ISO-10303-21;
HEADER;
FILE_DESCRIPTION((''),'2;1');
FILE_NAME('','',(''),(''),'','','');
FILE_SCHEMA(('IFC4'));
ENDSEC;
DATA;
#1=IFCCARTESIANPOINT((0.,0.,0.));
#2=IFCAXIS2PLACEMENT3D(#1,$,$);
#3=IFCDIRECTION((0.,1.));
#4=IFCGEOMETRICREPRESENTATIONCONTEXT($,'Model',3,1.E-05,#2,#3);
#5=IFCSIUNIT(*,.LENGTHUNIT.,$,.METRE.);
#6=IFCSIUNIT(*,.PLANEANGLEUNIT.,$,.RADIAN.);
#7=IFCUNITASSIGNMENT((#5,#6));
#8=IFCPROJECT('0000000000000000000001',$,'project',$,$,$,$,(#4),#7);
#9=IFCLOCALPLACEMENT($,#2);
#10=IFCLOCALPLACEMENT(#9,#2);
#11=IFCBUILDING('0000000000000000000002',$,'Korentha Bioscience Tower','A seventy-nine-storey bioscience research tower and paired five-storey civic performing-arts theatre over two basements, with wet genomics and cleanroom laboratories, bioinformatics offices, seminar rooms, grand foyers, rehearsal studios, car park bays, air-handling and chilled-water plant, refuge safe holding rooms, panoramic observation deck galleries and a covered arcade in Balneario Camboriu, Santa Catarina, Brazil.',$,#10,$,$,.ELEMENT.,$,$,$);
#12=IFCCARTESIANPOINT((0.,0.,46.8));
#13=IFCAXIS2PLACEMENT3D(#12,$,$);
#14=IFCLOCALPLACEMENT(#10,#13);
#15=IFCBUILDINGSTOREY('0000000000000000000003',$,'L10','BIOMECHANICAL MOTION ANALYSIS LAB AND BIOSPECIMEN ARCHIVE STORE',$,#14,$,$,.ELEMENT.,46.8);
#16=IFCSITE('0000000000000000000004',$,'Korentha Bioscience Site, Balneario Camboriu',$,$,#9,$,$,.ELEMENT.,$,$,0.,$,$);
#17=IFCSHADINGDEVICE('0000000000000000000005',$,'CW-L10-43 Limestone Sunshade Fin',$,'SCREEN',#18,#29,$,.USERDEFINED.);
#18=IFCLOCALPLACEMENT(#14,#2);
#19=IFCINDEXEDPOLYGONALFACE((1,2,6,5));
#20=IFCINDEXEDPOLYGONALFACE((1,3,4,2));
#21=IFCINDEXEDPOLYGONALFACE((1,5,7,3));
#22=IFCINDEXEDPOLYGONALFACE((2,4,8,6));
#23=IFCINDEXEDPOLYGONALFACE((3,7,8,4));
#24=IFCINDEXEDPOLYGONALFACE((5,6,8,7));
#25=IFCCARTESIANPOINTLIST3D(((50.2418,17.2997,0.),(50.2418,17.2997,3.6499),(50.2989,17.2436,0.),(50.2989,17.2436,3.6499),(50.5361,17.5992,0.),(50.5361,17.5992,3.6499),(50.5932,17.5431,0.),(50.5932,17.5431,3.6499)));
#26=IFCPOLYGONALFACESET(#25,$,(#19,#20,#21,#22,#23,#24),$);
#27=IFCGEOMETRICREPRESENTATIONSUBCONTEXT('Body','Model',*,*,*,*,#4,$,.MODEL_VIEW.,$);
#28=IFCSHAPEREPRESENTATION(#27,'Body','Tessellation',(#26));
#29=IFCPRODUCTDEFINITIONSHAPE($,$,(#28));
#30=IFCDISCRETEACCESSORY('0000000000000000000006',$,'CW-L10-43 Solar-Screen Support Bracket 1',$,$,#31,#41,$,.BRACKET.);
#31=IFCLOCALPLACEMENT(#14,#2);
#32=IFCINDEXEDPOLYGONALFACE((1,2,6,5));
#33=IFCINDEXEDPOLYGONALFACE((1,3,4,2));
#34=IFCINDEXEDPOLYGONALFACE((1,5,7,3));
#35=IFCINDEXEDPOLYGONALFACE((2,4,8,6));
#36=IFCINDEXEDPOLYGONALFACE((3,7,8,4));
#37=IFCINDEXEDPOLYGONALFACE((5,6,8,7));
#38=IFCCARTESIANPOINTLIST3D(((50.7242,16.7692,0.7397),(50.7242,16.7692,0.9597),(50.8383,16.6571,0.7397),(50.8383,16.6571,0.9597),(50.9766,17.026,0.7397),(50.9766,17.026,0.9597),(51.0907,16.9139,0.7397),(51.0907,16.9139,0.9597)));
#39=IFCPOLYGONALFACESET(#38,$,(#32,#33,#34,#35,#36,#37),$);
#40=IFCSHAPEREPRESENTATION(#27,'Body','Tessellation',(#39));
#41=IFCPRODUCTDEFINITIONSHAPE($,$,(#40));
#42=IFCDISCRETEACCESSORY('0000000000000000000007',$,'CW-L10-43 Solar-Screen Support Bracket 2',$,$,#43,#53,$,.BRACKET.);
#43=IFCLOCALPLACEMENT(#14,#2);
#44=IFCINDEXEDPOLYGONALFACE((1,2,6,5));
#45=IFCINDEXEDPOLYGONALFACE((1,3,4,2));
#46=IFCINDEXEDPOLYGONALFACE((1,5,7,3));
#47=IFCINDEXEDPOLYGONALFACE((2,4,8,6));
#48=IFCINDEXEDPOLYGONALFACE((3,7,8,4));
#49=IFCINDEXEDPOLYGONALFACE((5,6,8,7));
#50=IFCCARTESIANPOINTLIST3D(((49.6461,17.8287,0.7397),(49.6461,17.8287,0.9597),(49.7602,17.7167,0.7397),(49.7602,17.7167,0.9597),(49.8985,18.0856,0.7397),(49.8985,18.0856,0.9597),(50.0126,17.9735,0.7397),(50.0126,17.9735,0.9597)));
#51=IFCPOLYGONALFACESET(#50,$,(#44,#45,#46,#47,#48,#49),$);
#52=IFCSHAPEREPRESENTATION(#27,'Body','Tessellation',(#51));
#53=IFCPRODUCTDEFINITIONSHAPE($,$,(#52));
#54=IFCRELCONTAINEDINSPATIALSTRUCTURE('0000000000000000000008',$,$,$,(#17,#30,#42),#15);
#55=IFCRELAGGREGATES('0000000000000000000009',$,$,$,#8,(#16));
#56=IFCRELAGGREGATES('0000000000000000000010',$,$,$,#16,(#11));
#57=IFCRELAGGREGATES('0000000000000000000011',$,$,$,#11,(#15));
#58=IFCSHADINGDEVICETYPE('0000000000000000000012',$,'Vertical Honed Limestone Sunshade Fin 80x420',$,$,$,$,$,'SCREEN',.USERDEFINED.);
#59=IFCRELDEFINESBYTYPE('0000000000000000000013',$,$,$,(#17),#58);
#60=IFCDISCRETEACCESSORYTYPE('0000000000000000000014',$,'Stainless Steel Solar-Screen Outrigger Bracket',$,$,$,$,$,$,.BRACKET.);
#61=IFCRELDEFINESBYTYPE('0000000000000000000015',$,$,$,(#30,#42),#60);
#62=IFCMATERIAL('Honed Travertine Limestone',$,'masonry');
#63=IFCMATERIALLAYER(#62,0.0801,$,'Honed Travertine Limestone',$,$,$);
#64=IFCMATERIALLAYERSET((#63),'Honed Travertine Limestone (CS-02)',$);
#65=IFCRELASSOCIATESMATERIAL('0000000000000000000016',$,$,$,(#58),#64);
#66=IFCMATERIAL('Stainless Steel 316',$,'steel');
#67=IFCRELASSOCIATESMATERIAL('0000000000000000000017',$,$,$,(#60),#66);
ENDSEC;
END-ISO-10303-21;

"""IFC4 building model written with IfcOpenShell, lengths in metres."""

from ifc_helpers import new_model, si_unit, direction, frame, origin, origin_2d, place, context, subcontext, project, spatial, rectangle, extrude, material, layer, layer_set, type_object, element, save


model = new_model("IFC4")

# Units and contexts
model_context = context("Model", 3, precision=1e-05, world=origin(), true_north=direction((0.0, 1.0)))
body_context = subcontext(model_context, "Body", "Model", "MODEL_VIEW")
ifc_project = project(units=[si_unit("LENGTHUNIT", "METRE"), si_unit("PLANEANGLEUNIT", "RADIAN")], contexts=[model_context])

# Site, building, storey
site_placement = place(None, origin())
site = spatial("IfcSite", under=ifc_project, at=site_placement, Name="Korentha Bioscience Site, Balneario Camboriu", CompositionType="ELEMENT", RefElevation=0.0)
building_placement = place(site_placement, origin())
building = spatial("IfcBuilding", under=site, at=building_placement, Name="Korentha Bioscience Tower", Description="A seventy-nine-storey bioscience research tower and paired five-storey civic performing-arts theatre over two basements, with wet genomics and cleanroom laboratories, bioinformatics offices, seminar rooms, grand foyers, rehearsal studios, car park bays, air-handling and chilled-water plant, refuge safe holding rooms, panoramic observation deck galleries and a covered arcade in Balneario Camboriu, Santa Catarina, Brazil.", CompositionType="ELEMENT")
storey_placement = place(building_placement, frame((0.0, 0.0, 46.8)))
storey = spatial("IfcBuildingStorey", under=building, at=storey_placement, Name="L10", Description="BIOMECHANICAL MOTION ANALYSIS LAB AND BIOSPECIMEN ARCHIVE STORE", CompositionType="ELEMENT", Elevation=46.8)

# Shading device
ifc_material_1 = material(Name="Honed Travertine Limestone", Category="masonry")
ifc_layer_1 = layer(ifc_material_1, 0.0801, Name="Honed Travertine Limestone")
ifc_layer_set_1 = layer_set([ifc_layer_1], Name="Honed Travertine Limestone (CS-02)")
shading_device_type_1 = type_object("IfcShadingDeviceType", Name="Vertical Honed Limestone Sunshade Fin 80x420", ElementType="SCREEN", PredefinedType="USERDEFINED", material=ifc_layer_set_1)
shading_device_1_placement = place(storey_placement, frame((50.4175, 17.4214, 0.0), z_axis=(0.0, 0.0, 1.0), x_axis=(-0.713279, 0.70088, 0.0)))
element("IfcShadingDevice", 1, at=shading_device_1_placement, inside=storey, type_object=shading_device_type_1, Name="CW-L10-43 Limestone Sunshade Fin", ObjectType="SCREEN", PredefinedType="USERDEFINED", context=body_context, shape_type="SweptSolid", body=[
    extrude(rectangle(XDim=0.0801, YDim=0.4199, at=origin_2d()), origin(), (0.0, 0.0, 1.0), 3.6499),
])

# Discrete accessories
ifc_material_2 = material(Name="Stainless Steel 316", Category="steel")
discrete_accessory_type = type_object("IfcDiscreteAccessoryType", Name="Stainless Steel Solar-Screen Outrigger Bracket", PredefinedType="BRACKET", material=ifc_material_2)
for number, where, z_axis, x_axis, name in (
    (2, (50.9075, 16.8416, 0.7397), (0.0, 0.0, 1.0), (-0.713279, 0.70088, 0.0), "CW-L10-43 Solar-Screen Support Bracket 1"),
    (3, (49.8293, 17.9011, 0.7397), (0.0, 0.0, 1.0), (-0.713279, 0.70088, 0.0), "CW-L10-43 Solar-Screen Support Bracket 2"),
):
    element("IfcDiscreteAccessory", number, at=place(storey_placement, frame(where, z_axis=z_axis, x_axis=x_axis)), inside=storey, type_object=discrete_accessory_type, Name=name, PredefinedType="BRACKET", context=body_context, shape_type="SweptSolid", body=[
        extrude(rectangle(XDim=0.1599, YDim=0.3601, at=origin_2d()), origin(), (0.0, 0.0, 1.0), 0.22),
    ])

save(model, "model.ifc")
